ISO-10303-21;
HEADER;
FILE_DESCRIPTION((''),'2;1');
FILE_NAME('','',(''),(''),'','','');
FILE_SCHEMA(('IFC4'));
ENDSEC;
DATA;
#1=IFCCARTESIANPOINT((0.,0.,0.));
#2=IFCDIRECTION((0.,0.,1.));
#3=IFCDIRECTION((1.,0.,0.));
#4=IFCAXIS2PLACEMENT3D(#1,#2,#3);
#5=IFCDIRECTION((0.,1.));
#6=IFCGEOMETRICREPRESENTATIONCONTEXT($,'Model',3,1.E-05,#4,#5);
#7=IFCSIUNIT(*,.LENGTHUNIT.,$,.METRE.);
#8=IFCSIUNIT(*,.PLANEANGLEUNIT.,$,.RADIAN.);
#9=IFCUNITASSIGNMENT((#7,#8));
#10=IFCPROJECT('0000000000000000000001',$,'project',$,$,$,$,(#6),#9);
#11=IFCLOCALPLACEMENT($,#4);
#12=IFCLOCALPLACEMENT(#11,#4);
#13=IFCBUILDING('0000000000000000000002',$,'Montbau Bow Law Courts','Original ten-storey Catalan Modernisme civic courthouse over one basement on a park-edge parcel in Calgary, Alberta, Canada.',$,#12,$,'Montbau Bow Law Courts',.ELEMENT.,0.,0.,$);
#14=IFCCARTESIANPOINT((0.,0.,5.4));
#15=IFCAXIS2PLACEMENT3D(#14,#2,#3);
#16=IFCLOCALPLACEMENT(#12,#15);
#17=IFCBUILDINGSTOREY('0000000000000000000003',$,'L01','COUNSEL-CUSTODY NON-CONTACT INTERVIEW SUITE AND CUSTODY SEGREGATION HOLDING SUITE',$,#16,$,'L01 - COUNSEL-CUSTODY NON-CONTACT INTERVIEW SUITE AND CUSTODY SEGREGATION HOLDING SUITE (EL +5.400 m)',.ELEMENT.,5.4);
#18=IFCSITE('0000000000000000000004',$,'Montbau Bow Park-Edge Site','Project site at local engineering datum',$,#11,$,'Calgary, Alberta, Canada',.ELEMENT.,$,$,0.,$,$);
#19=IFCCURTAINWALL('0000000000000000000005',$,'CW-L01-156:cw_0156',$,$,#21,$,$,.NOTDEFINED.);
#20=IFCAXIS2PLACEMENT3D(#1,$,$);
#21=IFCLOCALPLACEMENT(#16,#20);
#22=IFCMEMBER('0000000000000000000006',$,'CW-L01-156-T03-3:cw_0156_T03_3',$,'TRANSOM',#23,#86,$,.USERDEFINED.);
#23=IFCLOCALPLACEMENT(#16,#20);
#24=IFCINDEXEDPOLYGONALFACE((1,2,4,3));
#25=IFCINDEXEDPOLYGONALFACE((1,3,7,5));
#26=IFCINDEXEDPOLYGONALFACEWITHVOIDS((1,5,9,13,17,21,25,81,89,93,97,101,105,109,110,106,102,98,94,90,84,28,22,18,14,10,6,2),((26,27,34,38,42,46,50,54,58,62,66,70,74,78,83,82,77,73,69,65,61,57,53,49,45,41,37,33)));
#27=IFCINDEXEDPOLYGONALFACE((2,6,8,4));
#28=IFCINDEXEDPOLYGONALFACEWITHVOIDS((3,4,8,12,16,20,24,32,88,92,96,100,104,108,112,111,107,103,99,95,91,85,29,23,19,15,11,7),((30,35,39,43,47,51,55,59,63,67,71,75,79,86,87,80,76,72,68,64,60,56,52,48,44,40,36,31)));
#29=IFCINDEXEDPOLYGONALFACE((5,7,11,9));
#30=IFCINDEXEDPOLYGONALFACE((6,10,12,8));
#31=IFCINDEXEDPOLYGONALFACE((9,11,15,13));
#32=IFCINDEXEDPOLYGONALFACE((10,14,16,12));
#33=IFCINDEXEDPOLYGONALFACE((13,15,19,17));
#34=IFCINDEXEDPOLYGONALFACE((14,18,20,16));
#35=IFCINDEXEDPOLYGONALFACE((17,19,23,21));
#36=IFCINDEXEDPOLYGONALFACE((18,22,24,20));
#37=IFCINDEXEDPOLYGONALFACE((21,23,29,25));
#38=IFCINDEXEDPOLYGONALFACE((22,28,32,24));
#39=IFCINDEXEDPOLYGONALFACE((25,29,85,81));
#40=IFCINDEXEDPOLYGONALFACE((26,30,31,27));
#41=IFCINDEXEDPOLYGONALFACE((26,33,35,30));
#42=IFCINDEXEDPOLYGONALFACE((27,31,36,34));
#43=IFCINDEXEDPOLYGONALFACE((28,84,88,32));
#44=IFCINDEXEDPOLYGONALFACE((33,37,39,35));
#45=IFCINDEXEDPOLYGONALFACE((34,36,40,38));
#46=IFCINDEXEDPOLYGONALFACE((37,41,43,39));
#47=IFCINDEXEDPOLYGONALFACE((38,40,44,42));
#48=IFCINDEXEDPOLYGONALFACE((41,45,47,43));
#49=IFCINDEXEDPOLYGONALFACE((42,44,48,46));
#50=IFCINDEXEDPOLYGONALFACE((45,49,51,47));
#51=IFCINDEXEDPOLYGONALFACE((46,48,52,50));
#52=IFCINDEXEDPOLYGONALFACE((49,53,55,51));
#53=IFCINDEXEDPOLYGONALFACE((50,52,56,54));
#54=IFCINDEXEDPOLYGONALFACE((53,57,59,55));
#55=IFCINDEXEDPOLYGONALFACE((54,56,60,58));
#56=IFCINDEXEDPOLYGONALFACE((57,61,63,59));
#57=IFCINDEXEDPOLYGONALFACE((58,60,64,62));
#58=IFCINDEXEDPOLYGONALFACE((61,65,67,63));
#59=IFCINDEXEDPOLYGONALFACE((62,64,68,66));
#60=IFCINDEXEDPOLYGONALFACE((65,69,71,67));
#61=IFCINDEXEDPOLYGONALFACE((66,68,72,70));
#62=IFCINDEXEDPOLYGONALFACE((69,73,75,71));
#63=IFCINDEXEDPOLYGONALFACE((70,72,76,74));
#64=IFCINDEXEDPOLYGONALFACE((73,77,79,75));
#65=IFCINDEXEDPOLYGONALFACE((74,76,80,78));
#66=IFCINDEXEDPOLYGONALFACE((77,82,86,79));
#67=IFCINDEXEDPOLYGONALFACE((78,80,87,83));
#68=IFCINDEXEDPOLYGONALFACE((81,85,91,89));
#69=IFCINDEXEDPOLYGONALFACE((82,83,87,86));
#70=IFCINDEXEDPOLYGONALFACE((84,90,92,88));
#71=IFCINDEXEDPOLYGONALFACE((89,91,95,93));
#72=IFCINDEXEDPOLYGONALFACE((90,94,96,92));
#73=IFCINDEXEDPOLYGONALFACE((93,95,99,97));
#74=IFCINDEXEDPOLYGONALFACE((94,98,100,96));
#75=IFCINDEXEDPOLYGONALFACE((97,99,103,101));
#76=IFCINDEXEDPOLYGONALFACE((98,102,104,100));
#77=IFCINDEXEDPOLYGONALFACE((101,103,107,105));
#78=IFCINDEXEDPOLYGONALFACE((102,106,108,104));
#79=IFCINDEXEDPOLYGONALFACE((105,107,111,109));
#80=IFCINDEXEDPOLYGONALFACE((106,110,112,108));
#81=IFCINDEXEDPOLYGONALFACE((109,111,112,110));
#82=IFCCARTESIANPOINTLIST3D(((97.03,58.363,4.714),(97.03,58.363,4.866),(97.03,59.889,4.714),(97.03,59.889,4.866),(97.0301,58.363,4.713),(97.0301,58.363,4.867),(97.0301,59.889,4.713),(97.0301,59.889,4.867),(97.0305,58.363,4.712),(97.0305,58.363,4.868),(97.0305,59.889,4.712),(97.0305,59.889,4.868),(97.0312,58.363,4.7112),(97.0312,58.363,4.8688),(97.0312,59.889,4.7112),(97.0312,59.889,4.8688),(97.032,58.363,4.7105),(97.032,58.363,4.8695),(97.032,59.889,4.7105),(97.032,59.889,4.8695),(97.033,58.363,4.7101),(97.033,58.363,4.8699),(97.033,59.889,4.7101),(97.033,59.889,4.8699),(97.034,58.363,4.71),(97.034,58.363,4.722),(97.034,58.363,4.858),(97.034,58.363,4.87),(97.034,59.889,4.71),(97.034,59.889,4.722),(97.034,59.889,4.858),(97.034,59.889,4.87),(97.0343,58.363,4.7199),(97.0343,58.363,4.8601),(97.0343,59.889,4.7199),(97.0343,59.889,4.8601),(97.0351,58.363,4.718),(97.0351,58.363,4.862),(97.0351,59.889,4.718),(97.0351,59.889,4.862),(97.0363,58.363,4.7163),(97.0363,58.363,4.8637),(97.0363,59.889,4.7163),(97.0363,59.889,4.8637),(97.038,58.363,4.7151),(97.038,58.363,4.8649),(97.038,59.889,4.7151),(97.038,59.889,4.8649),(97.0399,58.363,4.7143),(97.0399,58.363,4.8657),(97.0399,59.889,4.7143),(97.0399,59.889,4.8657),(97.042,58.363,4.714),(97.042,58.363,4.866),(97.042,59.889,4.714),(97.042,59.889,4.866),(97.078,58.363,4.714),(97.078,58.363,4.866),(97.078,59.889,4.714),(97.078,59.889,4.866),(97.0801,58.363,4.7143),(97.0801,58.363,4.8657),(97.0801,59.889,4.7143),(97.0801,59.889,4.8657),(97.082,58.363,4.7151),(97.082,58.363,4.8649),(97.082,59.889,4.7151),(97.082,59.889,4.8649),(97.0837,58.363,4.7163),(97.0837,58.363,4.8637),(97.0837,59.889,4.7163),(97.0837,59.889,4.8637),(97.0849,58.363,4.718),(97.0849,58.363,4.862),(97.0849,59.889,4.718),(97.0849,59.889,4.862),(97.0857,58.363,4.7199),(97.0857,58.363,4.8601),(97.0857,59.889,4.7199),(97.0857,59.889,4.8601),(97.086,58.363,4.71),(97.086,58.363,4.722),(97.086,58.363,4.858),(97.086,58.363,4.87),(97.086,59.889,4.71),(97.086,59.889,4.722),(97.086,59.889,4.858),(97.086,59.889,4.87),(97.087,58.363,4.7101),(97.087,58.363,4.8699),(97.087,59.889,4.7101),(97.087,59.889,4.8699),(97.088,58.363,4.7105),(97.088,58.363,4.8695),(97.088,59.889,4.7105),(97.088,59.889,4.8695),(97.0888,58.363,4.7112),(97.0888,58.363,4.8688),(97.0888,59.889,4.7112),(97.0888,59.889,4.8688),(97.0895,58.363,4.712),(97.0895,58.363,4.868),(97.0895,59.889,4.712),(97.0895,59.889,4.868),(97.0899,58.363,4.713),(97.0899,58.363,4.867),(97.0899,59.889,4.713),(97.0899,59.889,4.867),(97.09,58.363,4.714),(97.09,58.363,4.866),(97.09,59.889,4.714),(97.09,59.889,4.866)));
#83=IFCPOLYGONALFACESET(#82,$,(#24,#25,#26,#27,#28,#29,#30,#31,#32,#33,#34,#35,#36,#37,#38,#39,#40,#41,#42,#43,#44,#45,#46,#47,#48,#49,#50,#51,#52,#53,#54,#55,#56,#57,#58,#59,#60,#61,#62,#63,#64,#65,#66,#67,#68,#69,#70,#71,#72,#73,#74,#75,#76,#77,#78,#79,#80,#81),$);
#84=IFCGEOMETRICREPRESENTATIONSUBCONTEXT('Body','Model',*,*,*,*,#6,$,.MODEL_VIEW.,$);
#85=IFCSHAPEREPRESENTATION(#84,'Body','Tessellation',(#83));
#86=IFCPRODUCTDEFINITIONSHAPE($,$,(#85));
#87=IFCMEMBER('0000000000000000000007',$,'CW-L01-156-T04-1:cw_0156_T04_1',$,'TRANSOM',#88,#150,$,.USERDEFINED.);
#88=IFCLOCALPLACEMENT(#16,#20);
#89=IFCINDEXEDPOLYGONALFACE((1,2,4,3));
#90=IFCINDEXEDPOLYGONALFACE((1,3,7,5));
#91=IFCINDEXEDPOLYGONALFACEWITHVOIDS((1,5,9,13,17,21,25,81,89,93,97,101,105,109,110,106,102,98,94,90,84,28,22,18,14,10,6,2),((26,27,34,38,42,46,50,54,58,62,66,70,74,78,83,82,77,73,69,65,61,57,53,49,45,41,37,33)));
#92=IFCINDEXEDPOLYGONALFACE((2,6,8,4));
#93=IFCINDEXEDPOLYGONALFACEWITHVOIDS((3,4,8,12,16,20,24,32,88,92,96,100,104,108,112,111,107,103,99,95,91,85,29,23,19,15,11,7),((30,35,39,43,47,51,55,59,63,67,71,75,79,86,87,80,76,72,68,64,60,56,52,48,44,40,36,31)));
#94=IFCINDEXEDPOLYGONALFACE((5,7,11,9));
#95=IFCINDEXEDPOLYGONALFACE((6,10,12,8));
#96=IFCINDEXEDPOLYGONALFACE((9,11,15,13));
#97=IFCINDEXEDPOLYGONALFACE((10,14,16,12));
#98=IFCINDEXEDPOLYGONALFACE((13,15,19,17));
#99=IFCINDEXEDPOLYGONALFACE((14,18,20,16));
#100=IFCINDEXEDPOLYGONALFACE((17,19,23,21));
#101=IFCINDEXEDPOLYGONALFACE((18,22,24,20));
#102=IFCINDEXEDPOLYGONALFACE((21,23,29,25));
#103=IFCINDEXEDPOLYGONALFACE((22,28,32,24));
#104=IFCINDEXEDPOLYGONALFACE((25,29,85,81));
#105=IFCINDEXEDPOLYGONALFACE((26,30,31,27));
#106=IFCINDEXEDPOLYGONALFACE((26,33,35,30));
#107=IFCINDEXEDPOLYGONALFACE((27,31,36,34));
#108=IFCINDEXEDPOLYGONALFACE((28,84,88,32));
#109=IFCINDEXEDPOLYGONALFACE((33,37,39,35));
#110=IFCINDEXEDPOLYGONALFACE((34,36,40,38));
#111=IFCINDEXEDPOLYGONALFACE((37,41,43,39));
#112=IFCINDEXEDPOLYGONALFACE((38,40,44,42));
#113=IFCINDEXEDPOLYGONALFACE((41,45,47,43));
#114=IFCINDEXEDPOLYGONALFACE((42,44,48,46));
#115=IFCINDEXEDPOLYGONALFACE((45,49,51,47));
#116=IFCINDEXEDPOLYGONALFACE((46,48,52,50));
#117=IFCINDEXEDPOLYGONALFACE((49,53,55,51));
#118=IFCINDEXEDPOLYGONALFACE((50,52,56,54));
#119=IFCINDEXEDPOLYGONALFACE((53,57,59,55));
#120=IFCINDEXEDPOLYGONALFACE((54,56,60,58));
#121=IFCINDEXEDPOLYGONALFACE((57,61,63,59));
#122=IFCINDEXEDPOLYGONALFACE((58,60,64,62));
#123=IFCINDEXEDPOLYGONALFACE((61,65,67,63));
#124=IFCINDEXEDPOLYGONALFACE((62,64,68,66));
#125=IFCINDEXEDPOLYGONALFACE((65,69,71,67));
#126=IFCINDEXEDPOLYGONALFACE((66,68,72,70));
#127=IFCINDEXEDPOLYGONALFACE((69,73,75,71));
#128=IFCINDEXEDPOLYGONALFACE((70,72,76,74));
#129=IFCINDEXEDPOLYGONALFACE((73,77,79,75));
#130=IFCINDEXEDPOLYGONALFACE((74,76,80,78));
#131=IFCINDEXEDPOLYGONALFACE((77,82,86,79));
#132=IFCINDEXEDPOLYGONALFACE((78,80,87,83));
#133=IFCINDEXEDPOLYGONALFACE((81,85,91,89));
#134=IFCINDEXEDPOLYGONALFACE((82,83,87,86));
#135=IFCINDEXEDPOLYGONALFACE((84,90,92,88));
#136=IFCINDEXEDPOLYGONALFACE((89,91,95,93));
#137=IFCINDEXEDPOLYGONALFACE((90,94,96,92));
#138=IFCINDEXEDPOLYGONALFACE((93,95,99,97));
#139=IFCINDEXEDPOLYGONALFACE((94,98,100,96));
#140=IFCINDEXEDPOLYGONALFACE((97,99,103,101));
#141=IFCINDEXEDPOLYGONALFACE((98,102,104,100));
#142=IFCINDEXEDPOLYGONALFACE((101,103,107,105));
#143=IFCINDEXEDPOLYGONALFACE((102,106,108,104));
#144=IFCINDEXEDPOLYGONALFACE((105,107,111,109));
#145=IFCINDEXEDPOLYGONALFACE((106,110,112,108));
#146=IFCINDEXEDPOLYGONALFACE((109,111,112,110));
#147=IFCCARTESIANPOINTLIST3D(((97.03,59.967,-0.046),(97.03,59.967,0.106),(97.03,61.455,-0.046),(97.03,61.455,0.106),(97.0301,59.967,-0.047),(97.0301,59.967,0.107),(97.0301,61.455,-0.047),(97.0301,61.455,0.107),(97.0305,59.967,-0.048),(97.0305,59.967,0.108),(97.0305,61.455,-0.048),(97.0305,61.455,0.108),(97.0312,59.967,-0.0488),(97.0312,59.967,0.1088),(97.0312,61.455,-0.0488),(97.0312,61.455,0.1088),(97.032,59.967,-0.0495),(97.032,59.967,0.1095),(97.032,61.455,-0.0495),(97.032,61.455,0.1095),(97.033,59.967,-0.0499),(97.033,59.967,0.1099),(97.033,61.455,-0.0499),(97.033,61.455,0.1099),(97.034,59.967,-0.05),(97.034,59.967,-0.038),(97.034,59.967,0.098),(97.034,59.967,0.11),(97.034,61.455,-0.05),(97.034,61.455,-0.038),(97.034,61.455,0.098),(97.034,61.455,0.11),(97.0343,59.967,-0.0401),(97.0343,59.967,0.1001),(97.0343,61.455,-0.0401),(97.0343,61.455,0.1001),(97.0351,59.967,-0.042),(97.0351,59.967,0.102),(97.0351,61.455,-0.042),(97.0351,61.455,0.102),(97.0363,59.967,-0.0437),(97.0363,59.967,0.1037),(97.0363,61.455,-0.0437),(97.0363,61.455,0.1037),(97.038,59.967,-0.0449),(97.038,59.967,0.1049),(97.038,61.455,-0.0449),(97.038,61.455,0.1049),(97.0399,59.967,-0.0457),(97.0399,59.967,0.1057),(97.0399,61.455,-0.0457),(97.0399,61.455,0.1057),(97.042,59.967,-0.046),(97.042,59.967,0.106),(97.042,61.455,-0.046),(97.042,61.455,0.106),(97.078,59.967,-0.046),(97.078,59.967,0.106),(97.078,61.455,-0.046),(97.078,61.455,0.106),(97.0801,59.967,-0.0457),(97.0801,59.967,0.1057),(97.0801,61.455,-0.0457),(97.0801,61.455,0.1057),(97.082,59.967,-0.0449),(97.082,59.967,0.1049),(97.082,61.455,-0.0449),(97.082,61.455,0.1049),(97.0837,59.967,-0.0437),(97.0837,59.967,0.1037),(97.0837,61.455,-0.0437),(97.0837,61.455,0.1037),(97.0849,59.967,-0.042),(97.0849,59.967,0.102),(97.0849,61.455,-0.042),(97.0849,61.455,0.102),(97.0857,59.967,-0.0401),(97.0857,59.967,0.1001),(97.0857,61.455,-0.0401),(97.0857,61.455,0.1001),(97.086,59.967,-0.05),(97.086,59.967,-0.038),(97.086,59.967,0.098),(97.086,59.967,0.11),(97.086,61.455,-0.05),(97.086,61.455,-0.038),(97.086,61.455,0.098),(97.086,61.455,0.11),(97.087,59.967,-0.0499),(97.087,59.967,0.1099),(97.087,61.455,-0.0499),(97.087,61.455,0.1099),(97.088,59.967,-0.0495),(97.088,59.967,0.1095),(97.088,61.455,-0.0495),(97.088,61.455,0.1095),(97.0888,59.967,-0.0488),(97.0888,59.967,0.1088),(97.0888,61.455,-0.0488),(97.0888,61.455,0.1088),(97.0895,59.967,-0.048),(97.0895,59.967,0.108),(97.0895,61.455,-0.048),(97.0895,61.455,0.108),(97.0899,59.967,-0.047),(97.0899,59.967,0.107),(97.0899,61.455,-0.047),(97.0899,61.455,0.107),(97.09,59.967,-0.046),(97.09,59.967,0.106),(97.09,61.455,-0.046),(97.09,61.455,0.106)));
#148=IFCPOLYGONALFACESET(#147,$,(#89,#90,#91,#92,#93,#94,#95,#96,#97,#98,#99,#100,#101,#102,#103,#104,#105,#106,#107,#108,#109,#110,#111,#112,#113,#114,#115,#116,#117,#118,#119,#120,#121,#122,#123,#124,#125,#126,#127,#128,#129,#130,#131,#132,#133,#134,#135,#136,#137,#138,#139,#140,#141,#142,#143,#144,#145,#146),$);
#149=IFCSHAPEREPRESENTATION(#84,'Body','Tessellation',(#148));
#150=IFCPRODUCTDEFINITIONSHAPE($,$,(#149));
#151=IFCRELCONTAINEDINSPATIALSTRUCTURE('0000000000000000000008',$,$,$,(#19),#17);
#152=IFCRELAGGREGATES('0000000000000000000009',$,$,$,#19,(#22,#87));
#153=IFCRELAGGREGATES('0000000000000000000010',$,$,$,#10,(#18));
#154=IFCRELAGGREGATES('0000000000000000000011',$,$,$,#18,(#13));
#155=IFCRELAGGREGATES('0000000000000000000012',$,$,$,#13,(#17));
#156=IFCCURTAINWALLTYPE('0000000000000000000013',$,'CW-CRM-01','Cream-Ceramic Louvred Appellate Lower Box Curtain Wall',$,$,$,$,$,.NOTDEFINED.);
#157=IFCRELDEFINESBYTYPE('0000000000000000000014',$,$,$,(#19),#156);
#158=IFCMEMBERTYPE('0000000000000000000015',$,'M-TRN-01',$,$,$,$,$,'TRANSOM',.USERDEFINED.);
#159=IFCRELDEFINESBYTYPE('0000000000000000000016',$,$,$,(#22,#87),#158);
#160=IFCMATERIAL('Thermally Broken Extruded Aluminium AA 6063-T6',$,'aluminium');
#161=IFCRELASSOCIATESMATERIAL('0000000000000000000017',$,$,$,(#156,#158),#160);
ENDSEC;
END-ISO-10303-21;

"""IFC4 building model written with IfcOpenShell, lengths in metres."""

from ifc_helpers import new_model, si_unit, direction, frame, origin_with_axes, origin_2d_with_axis, place, context, subcontext, project, spatial, hollow_rectangle, extrude, material, material_profile, profile_set, type_object, element, aggregate, save


model = new_model("IFC4")

# Units and contexts
model_context = context("Model", 3, precision=1e-05, world=origin_with_axes(), true_north=direction((0.0, 1.0)))
body_context = subcontext(model_context, "Body", "Model", "MODEL_VIEW")
ifc_project = project(units=[si_unit("LENGTHUNIT", "METRE"), si_unit("PLANEANGLEUNIT", "RADIAN")], contexts=[model_context])

# Site, building, storey
site_placement = place(None, origin_with_axes())
site = spatial("IfcSite", under=ifc_project, at=site_placement, Name="Montbau Bow Park-Edge Site", Description="Project site at local engineering datum", LongName="Calgary, Alberta, Canada", CompositionType="ELEMENT", RefElevation=0.0)
building_placement = place(site_placement, origin_with_axes())
building = spatial("IfcBuilding", under=site, at=building_placement, Name="Montbau Bow Law Courts", Description="Original ten-storey Catalan Modernisme civic courthouse over one basement on a park-edge parcel in Calgary, Alberta, Canada.", LongName="Montbau Bow Law Courts", CompositionType="ELEMENT", ElevationOfRefHeight=0.0, ElevationOfTerrain=0.0)
storey_placement = place(building_placement, frame((0.0, 0.0, 5.4), z_axis=(0.0, 0.0, 1.0), x_axis=(1.0, 0.0, 0.0)))
storey = spatial("IfcBuildingStorey", under=building, at=storey_placement, Name="L01", Description="COUNSEL-CUSTODY NON-CONTACT INTERVIEW SUITE AND CUSTODY SEGREGATION HOLDING SUITE", LongName="L01 - COUNSEL-CUSTODY NON-CONTACT INTERVIEW SUITE AND CUSTODY SEGREGATION HOLDING SUITE (EL +5.400 m)", CompositionType="ELEMENT", Elevation=5.4)

# Curtain wall
ifc_material_1 = material(Name="Thermally Broken Extruded Aluminium AA 6063-T6", Category="aluminium")
curtain_wall_type = type_object("IfcCurtainWallType", Name="CW-CRM-01", Description="Cream-Ceramic Louvred Appellate Lower Box Curtain Wall", PredefinedType="NOTDEFINED", material=ifc_material_1)
curtain_wall_1_placement = place(None, frame((97.06, 55.115, 5.4), z_axis=(0.0, 0.0, 1.0), x_axis=(1.0, 0.0, 0.0)))
curtain_wall_1 = element("IfcCurtainWall", 1, at=curtain_wall_1_placement, inside=storey, type_object=curtain_wall_type, Name="CW-L01-156:cw_0156", PredefinedType="NOTDEFINED")

# Members
ifc_material_profile_1 = material_profile(ifc_material_1, hollow_rectangle(XDim=0.06, YDim=0.16, WallThickness=0.004, InnerFilletRadius=0.008, OuterFilletRadius=0.004, at=origin_2d_with_axis()), Name="CWT-160X60", Category="Main", Priority=0)
ifc_profile_set_1 = profile_set([ifc_material_profile_1], Name="Thermally Broken Extruded Aluminium AA 6063-T6")
member_type_1 = type_object("IfcMemberType", Name="M-TRN-01", ElementType="TRANSOM", PredefinedType="USERDEFINED", material=ifc_profile_set_1)
member_1_placement = place(None, frame((97.06, 58.363, 10.19), z_axis=(0.0, 1.0, 0.0), x_axis=(-1.0, 0.0, 0.0)))
member_1 = element("IfcMember", 2, at=member_1_placement, type_object=member_type_1, Name="CW-L01-156-T03-3:cw_0156_T03_3", ObjectType="TRANSOM", PredefinedType="USERDEFINED", context=body_context, shape_type="SweptSolid", body=[
    extrude(hollow_rectangle(XDim=0.06, YDim=0.16, WallThickness=0.004, InnerFilletRadius=0.008, OuterFilletRadius=0.004, at=origin_2d_with_axis()), origin_with_axes(), (0.0, 0.0, 1.0), 1.526),
])
member_2_placement = place(None, frame((97.06, 59.967, 5.43), z_axis=(0.0, 1.0, 0.0), x_axis=(-1.0, 0.0, 0.0)))
member_2 = element("IfcMember", 3, at=member_2_placement, type_object=member_type_1, Name="CW-L01-156-T04-1:cw_0156_T04_1", ObjectType="TRANSOM", PredefinedType="USERDEFINED", context=body_context, shape_type="SweptSolid", body=[
    extrude(hollow_rectangle(XDim=0.06, YDim=0.16, WallThickness=0.004, InnerFilletRadius=0.008, OuterFilletRadius=0.004, at=origin_2d_with_axis()), origin_with_axes(), (0.0, 0.0, 1.0), 1.488),
])

aggregate(curtain_wall_1, [member_1, member_2])

save(model, "model.ifc")
